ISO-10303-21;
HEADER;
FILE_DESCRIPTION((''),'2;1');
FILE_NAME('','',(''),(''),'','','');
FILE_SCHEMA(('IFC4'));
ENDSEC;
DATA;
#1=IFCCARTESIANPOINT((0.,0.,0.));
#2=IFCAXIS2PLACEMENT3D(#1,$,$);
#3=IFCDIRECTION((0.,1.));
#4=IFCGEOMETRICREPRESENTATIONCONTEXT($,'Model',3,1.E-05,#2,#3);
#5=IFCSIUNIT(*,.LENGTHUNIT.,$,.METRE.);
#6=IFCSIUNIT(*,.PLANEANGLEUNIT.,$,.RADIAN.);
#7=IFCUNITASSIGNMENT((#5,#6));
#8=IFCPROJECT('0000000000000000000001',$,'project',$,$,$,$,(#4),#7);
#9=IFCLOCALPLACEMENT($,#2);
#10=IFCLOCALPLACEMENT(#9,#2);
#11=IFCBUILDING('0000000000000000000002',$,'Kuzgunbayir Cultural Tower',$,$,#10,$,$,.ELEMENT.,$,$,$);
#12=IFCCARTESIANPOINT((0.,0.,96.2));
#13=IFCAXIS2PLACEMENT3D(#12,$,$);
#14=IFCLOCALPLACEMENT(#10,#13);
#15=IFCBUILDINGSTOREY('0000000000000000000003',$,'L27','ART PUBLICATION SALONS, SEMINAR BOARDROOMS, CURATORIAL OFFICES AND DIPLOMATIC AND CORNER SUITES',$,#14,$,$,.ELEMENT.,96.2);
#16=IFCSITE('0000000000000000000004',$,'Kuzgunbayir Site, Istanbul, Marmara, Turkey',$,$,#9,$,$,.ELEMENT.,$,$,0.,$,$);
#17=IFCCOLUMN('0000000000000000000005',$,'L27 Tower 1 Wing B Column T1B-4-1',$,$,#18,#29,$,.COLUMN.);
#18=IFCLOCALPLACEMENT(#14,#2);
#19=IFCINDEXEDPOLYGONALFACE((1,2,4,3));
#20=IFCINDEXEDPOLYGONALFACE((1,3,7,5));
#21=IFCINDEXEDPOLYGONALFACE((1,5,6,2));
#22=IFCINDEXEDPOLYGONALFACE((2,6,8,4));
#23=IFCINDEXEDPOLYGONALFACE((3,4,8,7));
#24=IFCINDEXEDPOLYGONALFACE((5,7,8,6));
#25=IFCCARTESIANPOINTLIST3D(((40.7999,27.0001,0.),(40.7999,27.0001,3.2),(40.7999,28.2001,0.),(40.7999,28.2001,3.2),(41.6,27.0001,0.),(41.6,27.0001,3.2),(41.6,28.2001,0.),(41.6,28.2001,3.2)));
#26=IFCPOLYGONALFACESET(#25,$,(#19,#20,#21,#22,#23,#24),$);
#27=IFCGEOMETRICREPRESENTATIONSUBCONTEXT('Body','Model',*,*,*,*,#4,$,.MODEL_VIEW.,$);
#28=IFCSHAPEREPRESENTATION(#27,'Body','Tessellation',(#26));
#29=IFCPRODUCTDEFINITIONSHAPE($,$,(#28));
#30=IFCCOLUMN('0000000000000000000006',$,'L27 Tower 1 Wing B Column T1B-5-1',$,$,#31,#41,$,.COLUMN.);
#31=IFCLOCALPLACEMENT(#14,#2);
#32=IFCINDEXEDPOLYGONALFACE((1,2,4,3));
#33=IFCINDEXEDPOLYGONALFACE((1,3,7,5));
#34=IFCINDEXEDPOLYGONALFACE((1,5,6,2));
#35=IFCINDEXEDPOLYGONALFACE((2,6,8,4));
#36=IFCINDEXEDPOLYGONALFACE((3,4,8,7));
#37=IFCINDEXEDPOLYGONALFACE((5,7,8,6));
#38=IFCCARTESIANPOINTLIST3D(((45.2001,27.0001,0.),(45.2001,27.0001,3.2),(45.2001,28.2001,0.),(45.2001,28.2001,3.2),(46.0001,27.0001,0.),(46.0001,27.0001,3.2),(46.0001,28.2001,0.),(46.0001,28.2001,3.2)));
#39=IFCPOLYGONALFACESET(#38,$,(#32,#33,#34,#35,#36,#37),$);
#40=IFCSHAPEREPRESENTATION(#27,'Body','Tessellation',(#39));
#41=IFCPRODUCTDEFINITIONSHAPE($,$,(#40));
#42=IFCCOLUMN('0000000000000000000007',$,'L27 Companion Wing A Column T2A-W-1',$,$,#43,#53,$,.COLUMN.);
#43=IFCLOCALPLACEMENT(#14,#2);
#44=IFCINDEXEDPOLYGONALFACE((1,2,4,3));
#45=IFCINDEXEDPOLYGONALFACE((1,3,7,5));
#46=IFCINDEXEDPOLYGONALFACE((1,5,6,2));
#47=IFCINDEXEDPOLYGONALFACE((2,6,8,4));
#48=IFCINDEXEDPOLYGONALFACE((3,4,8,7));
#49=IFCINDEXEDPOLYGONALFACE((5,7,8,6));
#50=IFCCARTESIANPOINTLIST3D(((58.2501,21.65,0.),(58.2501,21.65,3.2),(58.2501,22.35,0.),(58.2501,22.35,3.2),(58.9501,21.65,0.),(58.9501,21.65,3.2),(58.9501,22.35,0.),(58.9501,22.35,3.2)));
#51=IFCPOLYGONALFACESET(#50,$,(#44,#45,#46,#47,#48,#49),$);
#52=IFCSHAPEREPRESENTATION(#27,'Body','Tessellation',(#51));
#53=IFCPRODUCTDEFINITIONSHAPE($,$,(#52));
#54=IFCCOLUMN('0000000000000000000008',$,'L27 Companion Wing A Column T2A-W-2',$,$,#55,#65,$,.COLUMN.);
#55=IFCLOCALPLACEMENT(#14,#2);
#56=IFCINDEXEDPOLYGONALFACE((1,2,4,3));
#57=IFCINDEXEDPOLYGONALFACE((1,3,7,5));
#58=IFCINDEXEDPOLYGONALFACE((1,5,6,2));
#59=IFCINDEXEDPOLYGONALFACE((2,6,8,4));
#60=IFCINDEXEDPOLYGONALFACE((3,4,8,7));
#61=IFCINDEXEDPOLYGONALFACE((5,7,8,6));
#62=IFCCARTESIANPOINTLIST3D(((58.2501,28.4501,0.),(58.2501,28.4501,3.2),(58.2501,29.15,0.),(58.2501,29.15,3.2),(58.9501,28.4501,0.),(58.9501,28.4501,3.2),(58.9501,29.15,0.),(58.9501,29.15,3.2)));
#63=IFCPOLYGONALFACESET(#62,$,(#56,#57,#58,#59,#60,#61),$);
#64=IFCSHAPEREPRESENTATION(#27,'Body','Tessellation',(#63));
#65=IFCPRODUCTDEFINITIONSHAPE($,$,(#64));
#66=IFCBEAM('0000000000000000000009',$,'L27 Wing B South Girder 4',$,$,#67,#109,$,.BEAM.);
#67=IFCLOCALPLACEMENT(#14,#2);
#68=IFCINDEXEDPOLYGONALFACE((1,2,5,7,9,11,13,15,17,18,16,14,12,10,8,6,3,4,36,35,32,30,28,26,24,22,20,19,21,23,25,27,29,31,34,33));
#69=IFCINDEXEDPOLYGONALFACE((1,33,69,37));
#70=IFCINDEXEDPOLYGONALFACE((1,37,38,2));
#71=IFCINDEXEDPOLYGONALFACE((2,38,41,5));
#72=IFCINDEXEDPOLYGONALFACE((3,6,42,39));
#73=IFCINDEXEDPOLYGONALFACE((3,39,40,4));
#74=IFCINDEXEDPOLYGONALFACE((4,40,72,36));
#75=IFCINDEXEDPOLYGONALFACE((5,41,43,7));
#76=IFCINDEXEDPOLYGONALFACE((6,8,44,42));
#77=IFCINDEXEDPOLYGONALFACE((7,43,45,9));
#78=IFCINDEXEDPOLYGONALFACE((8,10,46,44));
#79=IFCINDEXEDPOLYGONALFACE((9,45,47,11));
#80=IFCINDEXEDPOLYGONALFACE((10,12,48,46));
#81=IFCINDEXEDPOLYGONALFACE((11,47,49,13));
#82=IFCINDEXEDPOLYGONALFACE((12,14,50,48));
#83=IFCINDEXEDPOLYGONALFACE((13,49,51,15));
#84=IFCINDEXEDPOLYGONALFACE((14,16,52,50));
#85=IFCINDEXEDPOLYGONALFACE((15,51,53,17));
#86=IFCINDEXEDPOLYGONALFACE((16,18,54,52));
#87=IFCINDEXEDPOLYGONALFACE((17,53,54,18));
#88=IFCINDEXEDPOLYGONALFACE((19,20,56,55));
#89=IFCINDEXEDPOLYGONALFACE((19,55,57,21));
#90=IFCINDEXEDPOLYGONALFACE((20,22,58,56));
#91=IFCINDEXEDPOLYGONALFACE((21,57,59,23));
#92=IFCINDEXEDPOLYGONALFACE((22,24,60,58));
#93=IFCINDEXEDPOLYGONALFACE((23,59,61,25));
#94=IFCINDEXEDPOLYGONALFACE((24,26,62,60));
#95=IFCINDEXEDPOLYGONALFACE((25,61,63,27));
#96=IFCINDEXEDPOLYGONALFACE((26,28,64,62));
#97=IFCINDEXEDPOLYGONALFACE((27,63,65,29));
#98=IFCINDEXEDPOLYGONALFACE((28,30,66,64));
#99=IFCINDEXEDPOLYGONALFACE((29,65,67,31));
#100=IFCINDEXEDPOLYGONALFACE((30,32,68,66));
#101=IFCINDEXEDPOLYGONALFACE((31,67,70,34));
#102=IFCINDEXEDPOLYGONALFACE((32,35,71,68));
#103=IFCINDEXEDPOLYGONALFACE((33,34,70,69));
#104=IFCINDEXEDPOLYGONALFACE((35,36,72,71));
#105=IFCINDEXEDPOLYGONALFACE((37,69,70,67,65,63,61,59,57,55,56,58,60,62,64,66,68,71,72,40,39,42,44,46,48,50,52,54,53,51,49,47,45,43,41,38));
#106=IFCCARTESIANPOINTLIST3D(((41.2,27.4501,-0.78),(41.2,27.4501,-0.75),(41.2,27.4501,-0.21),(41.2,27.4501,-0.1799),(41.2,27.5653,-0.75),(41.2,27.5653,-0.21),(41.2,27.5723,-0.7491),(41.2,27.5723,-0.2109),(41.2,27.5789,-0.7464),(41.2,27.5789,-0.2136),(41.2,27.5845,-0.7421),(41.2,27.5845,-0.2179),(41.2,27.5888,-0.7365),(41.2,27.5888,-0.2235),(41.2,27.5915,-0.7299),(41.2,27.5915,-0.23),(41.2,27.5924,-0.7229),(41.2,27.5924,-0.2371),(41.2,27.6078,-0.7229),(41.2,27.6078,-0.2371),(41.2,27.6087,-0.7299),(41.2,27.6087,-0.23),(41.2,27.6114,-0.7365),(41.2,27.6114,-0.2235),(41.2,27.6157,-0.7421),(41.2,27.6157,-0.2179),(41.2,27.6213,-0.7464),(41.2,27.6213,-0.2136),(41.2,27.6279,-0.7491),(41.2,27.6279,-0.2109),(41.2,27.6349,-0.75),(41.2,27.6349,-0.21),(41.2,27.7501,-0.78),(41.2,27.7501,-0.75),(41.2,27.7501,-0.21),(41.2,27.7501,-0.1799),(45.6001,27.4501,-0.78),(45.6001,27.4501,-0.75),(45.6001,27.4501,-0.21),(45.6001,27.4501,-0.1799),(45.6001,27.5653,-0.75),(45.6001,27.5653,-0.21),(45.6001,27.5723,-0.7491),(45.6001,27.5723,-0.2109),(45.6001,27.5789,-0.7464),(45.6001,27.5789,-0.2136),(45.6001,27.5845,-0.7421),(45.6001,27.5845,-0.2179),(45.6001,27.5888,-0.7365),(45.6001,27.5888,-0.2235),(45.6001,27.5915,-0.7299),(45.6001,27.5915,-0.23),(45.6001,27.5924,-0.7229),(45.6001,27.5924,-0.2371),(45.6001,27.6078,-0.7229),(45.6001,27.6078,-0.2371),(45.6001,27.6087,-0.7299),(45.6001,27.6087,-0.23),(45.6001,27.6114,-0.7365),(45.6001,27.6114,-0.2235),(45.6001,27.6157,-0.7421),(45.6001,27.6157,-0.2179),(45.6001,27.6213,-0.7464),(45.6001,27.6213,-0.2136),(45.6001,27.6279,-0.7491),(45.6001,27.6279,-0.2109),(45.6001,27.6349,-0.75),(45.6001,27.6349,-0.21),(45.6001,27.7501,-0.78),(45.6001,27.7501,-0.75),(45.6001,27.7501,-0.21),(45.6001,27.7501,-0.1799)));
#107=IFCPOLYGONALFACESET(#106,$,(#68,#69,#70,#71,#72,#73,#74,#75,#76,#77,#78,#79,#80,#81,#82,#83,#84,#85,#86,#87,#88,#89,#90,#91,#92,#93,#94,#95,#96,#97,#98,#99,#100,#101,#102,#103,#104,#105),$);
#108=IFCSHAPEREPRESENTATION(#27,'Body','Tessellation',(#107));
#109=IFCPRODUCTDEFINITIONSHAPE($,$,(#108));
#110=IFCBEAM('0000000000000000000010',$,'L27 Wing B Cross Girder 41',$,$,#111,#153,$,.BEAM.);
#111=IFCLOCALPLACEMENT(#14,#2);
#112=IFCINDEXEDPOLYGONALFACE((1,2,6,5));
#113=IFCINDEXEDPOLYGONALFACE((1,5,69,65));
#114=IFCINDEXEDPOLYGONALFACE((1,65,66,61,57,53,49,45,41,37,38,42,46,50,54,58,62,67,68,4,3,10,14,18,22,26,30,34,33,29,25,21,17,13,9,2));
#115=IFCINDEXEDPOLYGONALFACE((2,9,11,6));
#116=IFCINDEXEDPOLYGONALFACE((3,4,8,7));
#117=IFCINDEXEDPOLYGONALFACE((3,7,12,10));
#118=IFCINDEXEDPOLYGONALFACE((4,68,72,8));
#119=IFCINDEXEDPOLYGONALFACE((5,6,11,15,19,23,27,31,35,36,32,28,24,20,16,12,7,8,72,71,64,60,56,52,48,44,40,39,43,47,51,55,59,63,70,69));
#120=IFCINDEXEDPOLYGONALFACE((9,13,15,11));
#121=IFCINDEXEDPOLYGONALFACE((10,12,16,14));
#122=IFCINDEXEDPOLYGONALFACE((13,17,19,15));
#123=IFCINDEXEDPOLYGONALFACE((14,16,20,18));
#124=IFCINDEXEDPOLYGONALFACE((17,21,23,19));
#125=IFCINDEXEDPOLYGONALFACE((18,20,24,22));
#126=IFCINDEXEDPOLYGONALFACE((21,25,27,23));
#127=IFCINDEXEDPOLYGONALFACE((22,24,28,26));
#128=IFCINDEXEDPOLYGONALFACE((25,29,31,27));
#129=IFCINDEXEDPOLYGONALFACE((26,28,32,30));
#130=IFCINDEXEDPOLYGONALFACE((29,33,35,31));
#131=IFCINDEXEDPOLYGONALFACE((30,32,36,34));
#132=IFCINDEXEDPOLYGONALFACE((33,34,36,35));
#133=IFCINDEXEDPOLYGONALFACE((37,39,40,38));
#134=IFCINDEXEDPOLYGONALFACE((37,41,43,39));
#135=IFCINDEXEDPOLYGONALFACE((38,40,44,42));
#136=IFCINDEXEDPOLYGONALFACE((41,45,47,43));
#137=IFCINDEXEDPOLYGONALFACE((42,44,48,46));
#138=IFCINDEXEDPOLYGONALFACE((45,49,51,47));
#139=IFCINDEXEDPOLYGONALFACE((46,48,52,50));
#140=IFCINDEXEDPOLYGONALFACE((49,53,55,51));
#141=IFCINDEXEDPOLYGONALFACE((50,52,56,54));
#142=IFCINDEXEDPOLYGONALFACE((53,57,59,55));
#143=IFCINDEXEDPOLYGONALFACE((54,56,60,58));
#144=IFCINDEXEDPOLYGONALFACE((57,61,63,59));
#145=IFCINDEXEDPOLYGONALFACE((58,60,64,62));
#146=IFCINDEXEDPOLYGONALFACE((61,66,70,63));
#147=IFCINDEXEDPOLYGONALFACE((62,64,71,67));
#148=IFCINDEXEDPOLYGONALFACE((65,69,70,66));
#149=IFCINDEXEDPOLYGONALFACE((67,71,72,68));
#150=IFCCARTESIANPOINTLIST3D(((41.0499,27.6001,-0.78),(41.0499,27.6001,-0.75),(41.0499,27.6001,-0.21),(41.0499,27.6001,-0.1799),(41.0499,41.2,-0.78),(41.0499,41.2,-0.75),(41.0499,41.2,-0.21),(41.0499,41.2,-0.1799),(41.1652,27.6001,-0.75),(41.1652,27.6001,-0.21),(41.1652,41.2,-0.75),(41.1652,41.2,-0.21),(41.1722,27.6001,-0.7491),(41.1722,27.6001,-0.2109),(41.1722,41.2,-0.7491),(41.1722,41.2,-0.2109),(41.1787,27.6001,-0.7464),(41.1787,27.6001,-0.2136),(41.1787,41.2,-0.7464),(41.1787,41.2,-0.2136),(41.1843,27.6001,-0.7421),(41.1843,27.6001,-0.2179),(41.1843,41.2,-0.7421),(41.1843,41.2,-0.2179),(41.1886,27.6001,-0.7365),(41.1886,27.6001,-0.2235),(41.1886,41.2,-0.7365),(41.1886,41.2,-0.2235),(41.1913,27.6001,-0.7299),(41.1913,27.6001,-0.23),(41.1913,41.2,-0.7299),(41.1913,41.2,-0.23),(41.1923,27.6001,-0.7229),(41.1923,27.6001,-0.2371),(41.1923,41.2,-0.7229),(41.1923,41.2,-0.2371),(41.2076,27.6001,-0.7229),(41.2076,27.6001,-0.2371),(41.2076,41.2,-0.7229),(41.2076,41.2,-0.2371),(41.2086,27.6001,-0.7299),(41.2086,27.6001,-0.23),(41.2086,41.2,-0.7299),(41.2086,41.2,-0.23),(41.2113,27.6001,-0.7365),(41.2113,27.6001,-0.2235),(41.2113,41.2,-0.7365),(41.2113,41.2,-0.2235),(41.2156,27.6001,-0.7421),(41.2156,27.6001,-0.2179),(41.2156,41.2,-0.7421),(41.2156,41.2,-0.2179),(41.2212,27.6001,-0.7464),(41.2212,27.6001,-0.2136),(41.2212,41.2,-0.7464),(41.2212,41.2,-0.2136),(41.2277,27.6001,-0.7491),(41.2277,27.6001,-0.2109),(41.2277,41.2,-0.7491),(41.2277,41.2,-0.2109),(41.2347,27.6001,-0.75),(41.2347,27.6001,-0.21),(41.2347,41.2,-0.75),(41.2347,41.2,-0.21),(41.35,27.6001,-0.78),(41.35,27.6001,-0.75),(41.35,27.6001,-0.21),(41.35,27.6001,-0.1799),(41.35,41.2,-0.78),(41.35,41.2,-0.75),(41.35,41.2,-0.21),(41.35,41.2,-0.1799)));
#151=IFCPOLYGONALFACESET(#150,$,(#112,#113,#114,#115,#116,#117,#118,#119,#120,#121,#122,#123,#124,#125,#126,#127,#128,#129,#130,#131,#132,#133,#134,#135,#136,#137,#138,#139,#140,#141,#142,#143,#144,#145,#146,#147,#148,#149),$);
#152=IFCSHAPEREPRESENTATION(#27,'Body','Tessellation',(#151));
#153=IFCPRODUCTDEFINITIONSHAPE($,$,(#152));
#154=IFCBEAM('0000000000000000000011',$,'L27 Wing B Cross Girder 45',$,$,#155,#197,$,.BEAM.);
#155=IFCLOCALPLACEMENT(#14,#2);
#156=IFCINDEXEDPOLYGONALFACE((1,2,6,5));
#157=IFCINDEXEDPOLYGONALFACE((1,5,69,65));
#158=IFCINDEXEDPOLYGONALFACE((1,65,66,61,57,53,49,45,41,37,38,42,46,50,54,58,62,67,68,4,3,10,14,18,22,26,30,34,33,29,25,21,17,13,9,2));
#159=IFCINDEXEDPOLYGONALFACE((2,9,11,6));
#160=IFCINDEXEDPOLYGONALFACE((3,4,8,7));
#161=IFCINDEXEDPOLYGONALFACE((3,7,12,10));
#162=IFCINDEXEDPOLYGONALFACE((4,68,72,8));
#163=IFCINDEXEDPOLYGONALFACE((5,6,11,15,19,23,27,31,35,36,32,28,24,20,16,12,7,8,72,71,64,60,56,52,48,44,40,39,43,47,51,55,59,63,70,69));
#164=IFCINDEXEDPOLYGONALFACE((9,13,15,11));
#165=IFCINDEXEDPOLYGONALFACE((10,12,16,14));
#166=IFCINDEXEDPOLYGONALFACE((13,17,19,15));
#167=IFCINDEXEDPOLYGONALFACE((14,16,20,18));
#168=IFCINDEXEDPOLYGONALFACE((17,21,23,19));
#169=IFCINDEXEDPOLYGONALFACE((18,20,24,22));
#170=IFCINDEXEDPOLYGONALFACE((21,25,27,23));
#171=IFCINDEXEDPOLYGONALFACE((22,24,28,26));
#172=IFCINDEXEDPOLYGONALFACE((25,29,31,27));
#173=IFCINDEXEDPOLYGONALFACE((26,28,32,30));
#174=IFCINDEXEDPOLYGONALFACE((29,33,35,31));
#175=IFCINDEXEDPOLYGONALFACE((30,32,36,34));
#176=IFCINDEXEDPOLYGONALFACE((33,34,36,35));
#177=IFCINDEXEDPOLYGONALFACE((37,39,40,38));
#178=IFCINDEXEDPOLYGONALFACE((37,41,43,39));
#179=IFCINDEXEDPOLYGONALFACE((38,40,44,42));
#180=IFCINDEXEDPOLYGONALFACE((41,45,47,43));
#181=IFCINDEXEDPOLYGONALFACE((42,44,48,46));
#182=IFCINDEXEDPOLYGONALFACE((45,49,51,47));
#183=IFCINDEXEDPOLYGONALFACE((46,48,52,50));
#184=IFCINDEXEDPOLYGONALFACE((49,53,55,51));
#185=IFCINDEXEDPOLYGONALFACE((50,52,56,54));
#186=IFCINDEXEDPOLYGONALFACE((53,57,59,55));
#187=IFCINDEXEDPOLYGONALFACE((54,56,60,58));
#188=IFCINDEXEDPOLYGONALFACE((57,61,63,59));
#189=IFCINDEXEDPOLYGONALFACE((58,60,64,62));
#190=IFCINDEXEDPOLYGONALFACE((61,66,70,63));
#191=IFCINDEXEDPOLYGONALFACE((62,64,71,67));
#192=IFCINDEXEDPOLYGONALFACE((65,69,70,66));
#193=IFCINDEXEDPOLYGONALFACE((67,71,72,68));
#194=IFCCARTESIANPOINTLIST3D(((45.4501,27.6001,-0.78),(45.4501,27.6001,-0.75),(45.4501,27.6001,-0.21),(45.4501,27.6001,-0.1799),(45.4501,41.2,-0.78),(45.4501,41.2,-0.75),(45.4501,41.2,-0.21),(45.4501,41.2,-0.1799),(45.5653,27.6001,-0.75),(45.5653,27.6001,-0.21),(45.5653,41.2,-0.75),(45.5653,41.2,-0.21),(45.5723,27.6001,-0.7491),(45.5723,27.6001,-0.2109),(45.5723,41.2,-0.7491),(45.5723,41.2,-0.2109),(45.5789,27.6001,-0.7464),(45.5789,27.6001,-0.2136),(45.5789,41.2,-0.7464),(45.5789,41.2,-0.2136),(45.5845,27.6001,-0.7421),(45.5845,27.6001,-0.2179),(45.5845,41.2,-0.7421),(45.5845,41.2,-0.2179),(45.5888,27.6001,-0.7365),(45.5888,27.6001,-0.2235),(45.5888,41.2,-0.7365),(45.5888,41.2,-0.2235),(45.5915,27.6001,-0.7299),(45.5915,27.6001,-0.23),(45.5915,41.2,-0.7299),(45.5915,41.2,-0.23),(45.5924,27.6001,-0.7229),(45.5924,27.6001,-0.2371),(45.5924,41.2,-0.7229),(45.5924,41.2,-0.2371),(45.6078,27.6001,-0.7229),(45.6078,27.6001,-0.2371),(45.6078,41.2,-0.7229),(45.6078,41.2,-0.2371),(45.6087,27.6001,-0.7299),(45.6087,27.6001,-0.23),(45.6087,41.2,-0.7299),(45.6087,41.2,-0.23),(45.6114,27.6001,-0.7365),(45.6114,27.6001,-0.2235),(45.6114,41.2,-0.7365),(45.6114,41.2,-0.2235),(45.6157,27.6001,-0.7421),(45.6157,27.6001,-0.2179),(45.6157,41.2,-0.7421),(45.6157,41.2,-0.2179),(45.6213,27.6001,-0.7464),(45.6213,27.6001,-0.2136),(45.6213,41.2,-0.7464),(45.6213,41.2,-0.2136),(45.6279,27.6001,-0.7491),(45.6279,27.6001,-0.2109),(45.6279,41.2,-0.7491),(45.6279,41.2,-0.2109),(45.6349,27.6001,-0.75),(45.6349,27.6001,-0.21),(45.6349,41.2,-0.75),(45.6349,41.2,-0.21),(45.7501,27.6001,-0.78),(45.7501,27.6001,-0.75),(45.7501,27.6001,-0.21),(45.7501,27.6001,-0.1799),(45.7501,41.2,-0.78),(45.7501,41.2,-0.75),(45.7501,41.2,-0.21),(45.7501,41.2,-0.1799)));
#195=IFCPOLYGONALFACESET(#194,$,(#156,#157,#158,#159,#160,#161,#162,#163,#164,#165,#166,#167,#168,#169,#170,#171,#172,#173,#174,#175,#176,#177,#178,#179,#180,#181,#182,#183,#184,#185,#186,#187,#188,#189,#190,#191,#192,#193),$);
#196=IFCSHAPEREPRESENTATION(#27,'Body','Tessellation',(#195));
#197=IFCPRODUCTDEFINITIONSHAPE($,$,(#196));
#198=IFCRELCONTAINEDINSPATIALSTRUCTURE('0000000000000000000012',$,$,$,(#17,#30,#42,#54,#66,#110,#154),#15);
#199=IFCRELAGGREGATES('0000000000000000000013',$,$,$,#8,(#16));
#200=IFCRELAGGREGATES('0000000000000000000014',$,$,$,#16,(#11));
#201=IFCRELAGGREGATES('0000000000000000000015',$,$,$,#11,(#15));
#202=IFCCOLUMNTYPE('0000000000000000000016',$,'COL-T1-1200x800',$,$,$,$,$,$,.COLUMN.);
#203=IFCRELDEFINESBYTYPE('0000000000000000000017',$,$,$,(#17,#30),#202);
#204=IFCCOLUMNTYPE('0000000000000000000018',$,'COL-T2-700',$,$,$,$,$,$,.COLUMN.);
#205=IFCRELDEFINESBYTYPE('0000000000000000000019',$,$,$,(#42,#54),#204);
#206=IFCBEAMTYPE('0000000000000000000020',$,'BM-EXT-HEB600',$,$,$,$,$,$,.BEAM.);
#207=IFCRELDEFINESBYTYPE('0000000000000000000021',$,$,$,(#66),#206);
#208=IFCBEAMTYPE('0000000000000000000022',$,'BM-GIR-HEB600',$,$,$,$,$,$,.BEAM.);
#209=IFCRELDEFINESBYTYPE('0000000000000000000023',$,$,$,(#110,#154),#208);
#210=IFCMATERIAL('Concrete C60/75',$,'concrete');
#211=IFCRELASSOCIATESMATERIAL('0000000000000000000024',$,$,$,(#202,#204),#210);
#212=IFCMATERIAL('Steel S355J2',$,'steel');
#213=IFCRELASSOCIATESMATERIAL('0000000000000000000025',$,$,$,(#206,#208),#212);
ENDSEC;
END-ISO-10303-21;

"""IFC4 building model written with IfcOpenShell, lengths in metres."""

from ifc_helpers import new_model, si_unit, direction, frame, origin, origin_2d, place, context, subcontext, project, spatial, rectangle, i_section, extrude, material, material_profile, profile_set, type_object, element, save


model = new_model("IFC4")

# Units and contexts
model_context = context("Model", 3, precision=1e-05, world=origin(), true_north=direction((0.0, 1.0)))
body_context = subcontext(model_context, "Body", "Model", "MODEL_VIEW")
ifc_project = project(units=[si_unit("LENGTHUNIT", "METRE"), si_unit("PLANEANGLEUNIT", "RADIAN")], contexts=[model_context])

# Site, building, storey
site_placement = place(None, origin())
site = spatial("IfcSite", under=ifc_project, at=site_placement, Name="Kuzgunbayir Site, Istanbul, Marmara, Turkey", CompositionType="ELEMENT", RefElevation=0.0)
building_placement = place(site_placement, origin())
building = spatial("IfcBuilding", under=site, at=building_placement, Name="Kuzgunbayir Cultural Tower", CompositionType="ELEMENT")
storey_placement = place(building_placement, frame((0.0, 0.0, 96.2)))
storey = spatial("IfcBuildingStorey", under=building, at=storey_placement, Name="L27", Description="ART PUBLICATION SALONS, SEMINAR BOARDROOMS, CURATORIAL OFFICES AND DIPLOMATIC AND CORNER SUITES", CompositionType="ELEMENT", Elevation=96.2)

# Columns
ifc_material_1 = material(Name="Concrete C60/75", Category="concrete")
ifc_material_profile_1 = material_profile(ifc_material_1, rectangle(XDim=0.8, YDim=1.2, at=origin_2d()), Name="RC 1200x800")
ifc_profile_set_1 = profile_set([ifc_material_profile_1], Name="Concrete C60/75")
column_type_1 = type_object("IfcColumnType", Name="COL-T1-1200x800", PredefinedType="COLUMN", material=ifc_profile_set_1)
for number, where, z_axis, x_axis, name in (
    (1, (41.2, 27.6001, 0.0), (0.0, 0.0, 1.0), (1.0, 0.0, 0.0), "L27 Tower 1 Wing B Column T1B-4-1"),
    (2, (45.6001, 27.6001, 0.0), (0.0, 0.0, 1.0), (1.0, 0.0, 0.0), "L27 Tower 1 Wing B Column T1B-5-1"),
):
    element("IfcColumn", number, at=place(storey_placement, frame(where, z_axis=z_axis, x_axis=x_axis)), inside=storey, type_object=column_type_1, Name=name, PredefinedType="COLUMN", context=body_context, shape_type="SweptSolid", body=[
        extrude(rectangle(XDim=0.8, YDim=1.2, at=origin_2d()), origin(), (0.0, 0.0, 1.0), 3.2),
    ])
ifc_material_profile_2 = material_profile(ifc_material_1, rectangle(XDim=0.7, YDim=0.7, at=origin_2d()), Name="RC 700x700")
ifc_profile_set_2 = profile_set([ifc_material_profile_2], Name="Concrete C60/75")
column_type_2 = type_object("IfcColumnType", Name="COL-T2-700", PredefinedType="COLUMN", material=ifc_profile_set_2)
for number, where, z_axis, x_axis, name in (
    (3, (58.6001, 22.0, 0.0), (0.0, 0.0, 1.0), (1.0, 0.0, 0.0), "L27 Companion Wing A Column T2A-W-1"),
    (4, (58.6001, 28.8, 0.0), (0.0, 0.0, 1.0), (1.0, 0.0, 0.0), "L27 Companion Wing A Column T2A-W-2"),
):
    element("IfcColumn", number, at=place(storey_placement, frame(where, z_axis=z_axis, x_axis=x_axis)), inside=storey, type_object=column_type_2, Name=name, PredefinedType="COLUMN", context=body_context, shape_type="SweptSolid", body=[
        extrude(rectangle(XDim=0.7, YDim=0.7, at=origin_2d()), origin(), (0.0, 0.0, 1.0), 3.2),
    ])

# Beams
ifc_material_2 = material(Name="Steel S355J2", Category="steel")
ifc_material_profile_3 = material_profile(ifc_material_2, i_section(OverallWidth=0.3, OverallDepth=0.6001, WebThickness=0.0154, FlangeThickness=0.03, FilletRadius=0.0271, at=origin_2d()), Name="HEB 600")
ifc_profile_set_3 = profile_set([ifc_material_profile_3], Name="Steel S355J2")
beam_type_1 = type_object("IfcBeamType", Name="BM-EXT-HEB600", PredefinedType="BEAM", material=ifc_profile_set_3)
beam_1_placement = place(storey_placement, frame((41.2, 27.6001, -0.48), z_axis=(1.0, 0.0, 0.0), x_axis=(0.0, 1.0, 0.0)))
element("IfcBeam", 5, at=beam_1_placement, inside=storey, type_object=beam_type_1, Name="L27 Wing B South Girder 4", PredefinedType="BEAM", context=body_context, shape_type="SweptSolid", body=[
    extrude(i_section(OverallWidth=0.3, OverallDepth=0.6001, WebThickness=0.0154, FlangeThickness=0.03, FilletRadius=0.0271, at=origin_2d()), origin(), (0.0, 0.0, 1.0), 4.4001),
])
ifc_material_profile_4 = material_profile(ifc_material_2, i_section(OverallWidth=0.3, OverallDepth=0.6001, WebThickness=0.0154, FlangeThickness=0.03, FilletRadius=0.0271, at=origin_2d()), Name="HEB 600")
ifc_profile_set_4 = profile_set([ifc_material_profile_4], Name="Steel S355J2")
beam_type_2 = type_object("IfcBeamType", Name="BM-GIR-HEB600", PredefinedType="BEAM", material=ifc_profile_set_4)
for number, where, z_axis, x_axis, name in (
    (6, (41.2, 27.6001, -0.48), (0.0, 1.0, 0.0), (-1.0, 0.0, 0.0), "L27 Wing B Cross Girder 41"),
    (7, (45.6001, 27.6001, -0.48), (0.0, 1.0, 0.0), (-1.0, 0.0, 0.0), "L27 Wing B Cross Girder 45"),
):
    element("IfcBeam", number, at=place(storey_placement, frame(where, z_axis=z_axis, x_axis=x_axis)), inside=storey, type_object=beam_type_2, Name=name, PredefinedType="BEAM", context=body_context, shape_type="SweptSolid", body=[
        extrude(i_section(OverallWidth=0.3, OverallDepth=0.6001, WebThickness=0.0154, FlangeThickness=0.03, FilletRadius=0.0271, at=origin_2d()), origin(), (0.0, 0.0, 1.0), 13.5999),
    ])

save(model, "model.ifc")
